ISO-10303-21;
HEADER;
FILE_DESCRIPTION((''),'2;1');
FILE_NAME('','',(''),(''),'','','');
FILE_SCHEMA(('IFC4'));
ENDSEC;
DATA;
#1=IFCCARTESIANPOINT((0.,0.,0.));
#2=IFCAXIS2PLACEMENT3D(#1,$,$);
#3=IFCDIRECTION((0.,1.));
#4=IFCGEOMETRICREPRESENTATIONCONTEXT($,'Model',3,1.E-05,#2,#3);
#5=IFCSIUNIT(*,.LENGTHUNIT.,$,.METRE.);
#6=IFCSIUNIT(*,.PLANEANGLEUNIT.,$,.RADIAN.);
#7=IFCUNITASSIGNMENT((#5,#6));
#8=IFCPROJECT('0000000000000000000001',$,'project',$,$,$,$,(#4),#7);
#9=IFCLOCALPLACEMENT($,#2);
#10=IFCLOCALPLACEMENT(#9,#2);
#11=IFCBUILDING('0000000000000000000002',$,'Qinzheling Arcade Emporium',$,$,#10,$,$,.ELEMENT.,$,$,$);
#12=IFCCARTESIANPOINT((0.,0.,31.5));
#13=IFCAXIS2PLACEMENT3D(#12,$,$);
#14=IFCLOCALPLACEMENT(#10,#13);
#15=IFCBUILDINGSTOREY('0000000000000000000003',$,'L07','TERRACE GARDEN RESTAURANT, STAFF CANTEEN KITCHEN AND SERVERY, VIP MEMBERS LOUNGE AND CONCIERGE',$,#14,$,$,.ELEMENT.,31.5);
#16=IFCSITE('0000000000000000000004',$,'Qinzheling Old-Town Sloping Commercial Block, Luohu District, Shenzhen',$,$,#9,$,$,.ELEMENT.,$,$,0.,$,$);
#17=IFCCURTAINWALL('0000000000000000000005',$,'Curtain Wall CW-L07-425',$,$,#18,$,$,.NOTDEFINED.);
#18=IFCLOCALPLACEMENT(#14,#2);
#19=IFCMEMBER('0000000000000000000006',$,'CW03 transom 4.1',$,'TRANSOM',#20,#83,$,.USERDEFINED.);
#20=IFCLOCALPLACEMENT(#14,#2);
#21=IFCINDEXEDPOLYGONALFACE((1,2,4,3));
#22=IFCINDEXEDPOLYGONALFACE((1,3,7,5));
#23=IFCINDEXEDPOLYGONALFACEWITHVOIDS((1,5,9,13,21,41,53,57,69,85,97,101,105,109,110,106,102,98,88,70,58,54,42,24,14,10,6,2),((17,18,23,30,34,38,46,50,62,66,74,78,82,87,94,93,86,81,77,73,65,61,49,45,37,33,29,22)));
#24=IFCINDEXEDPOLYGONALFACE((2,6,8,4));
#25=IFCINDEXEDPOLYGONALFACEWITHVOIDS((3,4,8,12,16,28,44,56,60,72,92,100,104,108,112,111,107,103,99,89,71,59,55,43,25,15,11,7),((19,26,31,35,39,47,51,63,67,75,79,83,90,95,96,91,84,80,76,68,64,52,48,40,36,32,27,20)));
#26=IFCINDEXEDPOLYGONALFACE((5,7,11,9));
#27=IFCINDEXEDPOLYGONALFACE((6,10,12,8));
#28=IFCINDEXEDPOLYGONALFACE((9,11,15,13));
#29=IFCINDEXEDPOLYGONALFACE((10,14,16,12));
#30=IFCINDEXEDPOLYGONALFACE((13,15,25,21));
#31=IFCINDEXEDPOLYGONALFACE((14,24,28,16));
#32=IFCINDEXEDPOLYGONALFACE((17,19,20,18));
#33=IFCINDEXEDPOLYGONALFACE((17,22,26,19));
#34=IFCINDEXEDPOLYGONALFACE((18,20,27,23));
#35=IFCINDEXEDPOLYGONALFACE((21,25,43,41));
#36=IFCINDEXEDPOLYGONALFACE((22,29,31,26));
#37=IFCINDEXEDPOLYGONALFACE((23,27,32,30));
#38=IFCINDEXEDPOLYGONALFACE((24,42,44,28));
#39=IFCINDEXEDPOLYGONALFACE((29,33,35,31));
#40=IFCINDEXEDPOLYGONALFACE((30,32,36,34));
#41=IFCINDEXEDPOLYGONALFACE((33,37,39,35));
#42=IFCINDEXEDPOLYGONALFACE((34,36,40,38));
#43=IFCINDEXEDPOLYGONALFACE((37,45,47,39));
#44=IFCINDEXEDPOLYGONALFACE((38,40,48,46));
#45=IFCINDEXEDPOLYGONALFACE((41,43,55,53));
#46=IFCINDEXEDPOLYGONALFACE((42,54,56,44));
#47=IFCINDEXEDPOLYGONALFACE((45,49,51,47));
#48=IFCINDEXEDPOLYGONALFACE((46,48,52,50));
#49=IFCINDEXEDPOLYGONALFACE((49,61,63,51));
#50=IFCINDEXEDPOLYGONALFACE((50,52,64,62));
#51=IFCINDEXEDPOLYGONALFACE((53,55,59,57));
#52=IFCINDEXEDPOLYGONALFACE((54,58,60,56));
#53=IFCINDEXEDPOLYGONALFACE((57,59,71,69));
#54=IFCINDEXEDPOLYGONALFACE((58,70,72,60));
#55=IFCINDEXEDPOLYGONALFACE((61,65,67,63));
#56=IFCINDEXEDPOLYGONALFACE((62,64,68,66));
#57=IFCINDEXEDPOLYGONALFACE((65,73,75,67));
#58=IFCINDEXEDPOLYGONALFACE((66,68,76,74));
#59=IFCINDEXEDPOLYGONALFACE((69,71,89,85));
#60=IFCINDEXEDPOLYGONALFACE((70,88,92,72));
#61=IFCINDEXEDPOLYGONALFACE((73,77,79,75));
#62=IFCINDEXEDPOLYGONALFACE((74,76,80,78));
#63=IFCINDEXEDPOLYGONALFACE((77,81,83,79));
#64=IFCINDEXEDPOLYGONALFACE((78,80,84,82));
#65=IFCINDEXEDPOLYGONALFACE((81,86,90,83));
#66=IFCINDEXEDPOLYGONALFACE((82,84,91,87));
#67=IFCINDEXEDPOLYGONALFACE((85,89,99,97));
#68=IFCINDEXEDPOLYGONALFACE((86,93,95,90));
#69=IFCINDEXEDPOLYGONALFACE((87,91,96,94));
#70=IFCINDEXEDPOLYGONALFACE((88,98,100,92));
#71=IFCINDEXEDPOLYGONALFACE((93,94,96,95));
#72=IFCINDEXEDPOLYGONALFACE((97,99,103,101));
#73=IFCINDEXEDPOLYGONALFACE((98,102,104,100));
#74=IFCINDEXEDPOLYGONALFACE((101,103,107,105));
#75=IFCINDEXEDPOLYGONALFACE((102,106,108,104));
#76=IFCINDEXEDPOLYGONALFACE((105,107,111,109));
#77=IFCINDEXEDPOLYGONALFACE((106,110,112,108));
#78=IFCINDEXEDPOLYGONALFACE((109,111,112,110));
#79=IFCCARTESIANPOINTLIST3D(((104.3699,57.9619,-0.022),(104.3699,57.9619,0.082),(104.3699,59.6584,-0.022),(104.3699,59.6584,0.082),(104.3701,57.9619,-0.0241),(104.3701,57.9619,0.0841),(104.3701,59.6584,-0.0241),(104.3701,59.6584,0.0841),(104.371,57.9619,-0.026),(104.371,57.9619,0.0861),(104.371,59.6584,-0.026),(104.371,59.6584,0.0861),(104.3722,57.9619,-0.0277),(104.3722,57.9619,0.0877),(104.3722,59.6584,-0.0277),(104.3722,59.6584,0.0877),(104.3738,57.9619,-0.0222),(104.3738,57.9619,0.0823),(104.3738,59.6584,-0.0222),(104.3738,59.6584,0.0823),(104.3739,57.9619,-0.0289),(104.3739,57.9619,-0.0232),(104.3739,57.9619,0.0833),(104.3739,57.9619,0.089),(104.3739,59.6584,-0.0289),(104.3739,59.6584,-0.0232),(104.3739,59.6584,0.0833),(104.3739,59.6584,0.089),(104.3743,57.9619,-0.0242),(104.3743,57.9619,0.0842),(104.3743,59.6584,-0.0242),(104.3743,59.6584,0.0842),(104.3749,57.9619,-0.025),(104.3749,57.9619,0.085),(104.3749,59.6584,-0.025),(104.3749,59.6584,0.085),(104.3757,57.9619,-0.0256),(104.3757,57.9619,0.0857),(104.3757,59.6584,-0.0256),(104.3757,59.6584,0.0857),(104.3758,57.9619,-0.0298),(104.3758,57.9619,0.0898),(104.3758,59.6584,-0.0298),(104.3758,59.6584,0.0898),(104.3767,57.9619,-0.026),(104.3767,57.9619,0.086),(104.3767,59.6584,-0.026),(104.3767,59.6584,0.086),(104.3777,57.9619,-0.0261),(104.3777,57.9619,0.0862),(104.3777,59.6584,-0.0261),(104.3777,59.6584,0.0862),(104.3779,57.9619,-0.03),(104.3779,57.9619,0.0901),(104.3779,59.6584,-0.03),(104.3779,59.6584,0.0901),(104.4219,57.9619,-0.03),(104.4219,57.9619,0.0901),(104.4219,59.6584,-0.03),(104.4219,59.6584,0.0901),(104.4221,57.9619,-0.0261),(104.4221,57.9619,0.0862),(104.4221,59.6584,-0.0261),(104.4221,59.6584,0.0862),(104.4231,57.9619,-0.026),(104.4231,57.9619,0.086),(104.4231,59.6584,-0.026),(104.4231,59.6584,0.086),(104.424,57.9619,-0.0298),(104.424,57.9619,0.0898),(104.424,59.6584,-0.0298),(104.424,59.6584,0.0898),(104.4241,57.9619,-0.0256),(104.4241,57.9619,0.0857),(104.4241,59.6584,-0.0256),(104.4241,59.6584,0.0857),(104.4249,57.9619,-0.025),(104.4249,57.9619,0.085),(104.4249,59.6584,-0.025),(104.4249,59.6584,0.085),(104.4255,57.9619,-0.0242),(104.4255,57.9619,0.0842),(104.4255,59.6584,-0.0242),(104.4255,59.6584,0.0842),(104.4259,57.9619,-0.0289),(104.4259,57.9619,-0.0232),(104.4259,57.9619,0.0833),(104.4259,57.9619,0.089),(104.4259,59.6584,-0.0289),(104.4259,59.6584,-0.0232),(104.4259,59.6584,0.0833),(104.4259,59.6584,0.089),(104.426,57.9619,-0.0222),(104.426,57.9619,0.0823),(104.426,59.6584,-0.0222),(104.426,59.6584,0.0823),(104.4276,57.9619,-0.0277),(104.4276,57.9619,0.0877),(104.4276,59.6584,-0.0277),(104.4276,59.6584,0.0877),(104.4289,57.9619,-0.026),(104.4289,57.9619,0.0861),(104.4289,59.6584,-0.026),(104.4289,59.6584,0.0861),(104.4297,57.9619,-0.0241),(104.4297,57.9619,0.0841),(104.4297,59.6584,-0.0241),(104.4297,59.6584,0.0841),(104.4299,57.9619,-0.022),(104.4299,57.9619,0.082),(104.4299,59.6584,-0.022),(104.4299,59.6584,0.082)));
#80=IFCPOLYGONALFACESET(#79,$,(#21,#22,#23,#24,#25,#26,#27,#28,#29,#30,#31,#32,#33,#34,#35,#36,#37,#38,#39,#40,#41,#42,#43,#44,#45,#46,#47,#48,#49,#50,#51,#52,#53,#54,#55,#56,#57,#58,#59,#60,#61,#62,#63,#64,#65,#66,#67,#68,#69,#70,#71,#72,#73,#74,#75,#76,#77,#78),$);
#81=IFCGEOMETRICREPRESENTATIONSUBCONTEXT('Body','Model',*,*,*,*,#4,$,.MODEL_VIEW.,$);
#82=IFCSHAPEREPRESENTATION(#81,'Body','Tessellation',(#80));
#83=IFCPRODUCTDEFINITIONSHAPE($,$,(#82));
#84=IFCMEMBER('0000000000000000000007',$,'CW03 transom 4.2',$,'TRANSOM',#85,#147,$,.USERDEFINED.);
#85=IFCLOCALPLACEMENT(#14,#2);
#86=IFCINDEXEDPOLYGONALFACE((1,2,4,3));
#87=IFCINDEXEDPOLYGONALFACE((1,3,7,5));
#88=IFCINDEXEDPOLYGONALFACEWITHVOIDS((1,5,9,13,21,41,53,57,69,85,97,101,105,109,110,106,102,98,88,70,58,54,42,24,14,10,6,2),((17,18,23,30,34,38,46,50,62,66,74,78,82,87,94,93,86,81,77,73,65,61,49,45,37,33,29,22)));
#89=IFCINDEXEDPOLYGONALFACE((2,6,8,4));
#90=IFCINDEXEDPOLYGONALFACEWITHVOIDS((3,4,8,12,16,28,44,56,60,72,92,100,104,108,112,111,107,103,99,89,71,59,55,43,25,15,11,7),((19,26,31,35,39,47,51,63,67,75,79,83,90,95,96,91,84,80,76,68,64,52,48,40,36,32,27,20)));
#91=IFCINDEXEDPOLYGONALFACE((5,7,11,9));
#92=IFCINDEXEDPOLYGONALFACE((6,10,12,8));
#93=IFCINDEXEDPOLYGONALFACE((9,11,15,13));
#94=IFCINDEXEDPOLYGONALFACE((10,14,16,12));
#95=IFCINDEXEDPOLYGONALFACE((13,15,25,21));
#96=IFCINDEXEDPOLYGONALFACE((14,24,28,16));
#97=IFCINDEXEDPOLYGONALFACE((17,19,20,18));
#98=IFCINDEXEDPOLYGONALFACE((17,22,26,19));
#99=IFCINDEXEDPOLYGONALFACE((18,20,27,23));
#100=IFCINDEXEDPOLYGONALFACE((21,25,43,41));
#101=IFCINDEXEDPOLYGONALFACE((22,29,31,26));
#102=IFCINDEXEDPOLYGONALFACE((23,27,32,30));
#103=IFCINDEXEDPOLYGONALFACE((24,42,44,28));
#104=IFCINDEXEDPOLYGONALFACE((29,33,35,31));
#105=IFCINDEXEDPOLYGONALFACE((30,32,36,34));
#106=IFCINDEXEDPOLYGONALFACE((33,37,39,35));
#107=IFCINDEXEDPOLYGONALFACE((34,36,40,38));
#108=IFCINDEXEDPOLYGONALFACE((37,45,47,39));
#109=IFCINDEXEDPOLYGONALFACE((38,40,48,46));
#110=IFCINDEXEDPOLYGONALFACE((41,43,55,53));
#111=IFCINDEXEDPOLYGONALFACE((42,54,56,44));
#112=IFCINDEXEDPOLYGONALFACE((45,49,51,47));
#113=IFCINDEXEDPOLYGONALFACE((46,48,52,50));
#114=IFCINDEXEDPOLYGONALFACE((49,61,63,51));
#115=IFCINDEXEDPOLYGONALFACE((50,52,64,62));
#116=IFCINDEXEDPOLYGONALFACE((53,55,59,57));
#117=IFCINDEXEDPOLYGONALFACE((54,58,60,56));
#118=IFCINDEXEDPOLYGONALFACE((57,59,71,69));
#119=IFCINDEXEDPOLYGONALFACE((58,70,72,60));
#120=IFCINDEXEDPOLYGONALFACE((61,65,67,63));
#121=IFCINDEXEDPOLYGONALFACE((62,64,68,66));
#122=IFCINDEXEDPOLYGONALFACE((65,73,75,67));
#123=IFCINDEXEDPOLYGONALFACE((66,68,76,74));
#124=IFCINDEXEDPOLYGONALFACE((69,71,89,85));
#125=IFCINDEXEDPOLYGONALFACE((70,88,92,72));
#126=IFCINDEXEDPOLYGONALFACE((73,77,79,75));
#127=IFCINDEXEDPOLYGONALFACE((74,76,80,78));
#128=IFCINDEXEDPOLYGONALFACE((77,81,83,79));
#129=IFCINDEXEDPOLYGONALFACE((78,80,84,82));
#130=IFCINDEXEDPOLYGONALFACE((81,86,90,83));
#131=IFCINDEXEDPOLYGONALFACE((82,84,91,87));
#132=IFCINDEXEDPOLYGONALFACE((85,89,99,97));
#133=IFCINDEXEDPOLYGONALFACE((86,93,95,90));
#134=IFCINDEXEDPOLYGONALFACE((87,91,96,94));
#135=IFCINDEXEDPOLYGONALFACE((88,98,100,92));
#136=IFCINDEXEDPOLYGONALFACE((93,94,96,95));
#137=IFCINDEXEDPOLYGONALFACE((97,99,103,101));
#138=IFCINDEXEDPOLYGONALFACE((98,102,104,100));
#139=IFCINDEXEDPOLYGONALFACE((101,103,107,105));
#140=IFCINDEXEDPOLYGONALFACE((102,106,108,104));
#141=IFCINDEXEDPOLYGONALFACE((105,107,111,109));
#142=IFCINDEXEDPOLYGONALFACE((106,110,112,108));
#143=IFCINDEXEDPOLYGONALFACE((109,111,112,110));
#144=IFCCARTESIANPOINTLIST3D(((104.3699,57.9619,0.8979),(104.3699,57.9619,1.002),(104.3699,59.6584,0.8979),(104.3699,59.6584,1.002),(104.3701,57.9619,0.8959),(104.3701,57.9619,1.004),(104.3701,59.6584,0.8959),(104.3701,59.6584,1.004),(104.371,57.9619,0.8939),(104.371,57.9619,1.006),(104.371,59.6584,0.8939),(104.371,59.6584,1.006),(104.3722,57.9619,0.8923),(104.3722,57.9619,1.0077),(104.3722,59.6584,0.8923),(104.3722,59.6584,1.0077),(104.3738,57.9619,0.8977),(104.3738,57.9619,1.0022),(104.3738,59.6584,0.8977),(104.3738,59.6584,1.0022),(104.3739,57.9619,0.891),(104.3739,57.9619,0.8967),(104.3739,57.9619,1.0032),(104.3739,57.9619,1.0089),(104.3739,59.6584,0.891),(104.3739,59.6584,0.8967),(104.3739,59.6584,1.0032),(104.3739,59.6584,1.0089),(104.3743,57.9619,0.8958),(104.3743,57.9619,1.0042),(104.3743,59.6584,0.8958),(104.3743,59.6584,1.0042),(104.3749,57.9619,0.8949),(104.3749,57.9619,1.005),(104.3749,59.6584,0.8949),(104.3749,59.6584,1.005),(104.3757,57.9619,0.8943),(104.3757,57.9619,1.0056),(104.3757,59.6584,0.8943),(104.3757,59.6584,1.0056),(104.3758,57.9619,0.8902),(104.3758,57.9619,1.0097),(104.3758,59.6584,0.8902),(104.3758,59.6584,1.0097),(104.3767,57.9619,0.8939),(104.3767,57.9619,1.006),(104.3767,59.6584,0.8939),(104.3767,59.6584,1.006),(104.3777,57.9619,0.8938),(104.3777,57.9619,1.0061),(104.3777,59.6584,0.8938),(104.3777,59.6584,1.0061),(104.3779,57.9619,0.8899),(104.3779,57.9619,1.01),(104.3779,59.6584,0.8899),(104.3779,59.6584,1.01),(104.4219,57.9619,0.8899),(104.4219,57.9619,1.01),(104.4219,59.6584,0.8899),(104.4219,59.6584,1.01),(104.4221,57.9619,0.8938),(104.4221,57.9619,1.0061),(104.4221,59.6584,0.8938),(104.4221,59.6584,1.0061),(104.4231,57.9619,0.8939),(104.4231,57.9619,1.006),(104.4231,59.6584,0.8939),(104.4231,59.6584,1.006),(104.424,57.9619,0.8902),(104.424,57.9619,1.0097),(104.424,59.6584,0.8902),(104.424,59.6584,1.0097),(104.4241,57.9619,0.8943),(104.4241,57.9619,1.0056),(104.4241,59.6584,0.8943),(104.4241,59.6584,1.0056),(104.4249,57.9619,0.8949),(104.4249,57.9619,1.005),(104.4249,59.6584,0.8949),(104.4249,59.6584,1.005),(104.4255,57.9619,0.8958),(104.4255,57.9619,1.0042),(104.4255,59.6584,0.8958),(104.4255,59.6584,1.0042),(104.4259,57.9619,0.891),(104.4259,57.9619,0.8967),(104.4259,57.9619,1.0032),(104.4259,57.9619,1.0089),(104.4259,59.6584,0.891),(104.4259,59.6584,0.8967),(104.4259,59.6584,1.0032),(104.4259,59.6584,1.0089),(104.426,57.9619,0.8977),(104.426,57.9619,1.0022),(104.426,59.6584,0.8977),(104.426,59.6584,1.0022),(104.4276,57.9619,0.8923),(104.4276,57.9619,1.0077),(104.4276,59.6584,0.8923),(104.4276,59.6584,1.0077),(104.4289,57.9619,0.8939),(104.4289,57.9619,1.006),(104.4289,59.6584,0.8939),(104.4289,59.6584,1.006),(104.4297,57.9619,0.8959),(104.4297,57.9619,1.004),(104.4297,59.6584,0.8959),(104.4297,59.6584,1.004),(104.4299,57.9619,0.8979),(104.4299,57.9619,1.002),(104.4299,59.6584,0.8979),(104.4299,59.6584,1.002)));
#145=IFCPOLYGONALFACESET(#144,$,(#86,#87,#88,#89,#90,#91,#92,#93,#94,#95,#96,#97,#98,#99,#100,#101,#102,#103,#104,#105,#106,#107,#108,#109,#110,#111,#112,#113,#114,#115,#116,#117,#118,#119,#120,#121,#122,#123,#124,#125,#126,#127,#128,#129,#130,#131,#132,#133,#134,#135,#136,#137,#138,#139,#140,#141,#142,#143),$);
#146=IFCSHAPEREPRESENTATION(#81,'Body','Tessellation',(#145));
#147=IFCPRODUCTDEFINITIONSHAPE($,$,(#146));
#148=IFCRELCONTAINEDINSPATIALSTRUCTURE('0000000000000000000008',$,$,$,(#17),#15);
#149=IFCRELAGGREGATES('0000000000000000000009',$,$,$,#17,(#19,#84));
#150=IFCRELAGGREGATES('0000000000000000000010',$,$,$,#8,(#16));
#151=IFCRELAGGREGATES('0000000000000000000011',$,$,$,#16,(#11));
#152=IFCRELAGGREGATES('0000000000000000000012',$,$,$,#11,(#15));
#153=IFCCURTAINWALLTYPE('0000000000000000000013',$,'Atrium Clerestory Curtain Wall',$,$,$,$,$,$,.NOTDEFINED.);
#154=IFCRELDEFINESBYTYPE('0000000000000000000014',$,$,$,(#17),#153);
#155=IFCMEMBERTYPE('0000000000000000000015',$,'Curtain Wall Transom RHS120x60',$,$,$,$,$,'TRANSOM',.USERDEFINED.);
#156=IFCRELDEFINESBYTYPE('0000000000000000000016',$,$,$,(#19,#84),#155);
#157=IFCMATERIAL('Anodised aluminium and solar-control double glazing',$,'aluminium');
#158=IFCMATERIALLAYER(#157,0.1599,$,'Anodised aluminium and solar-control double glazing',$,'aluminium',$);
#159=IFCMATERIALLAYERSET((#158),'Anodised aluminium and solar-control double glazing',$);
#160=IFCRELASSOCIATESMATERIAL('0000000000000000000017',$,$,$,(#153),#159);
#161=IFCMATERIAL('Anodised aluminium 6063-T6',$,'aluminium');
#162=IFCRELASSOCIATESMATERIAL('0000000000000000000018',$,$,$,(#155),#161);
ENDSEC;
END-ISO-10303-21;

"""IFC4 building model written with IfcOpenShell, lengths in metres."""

from ifc_helpers import new_model, si_unit, direction, frame, origin, origin_2d, place, context, subcontext, project, spatial, hollow_rectangle, extrude, material, layer, layer_set, material_profile, profile_set, type_object, element, aggregate, save


model = new_model("IFC4")

# Units and contexts
model_context = context("Model", 3, precision=1e-05, world=origin(), true_north=direction((0.0, 1.0)))
body_context = subcontext(model_context, "Body", "Model", "MODEL_VIEW")
ifc_project = project(units=[si_unit("LENGTHUNIT", "METRE"), si_unit("PLANEANGLEUNIT", "RADIAN")], contexts=[model_context])

# Site, building, storey
site_placement = place(None, origin())
site = spatial("IfcSite", under=ifc_project, at=site_placement, Name="Qinzheling Old-Town Sloping Commercial Block, Luohu District, Shenzhen", CompositionType="ELEMENT", RefElevation=0.0)
building_placement = place(site_placement, origin())
building = spatial("IfcBuilding", under=site, at=building_placement, Name="Qinzheling Arcade Emporium", CompositionType="ELEMENT")
storey_placement = place(building_placement, frame((0.0, 0.0, 31.5)))
storey = spatial("IfcBuildingStorey", under=building, at=storey_placement, Name="L07", Description="TERRACE GARDEN RESTAURANT, STAFF CANTEEN KITCHEN AND SERVERY, VIP MEMBERS LOUNGE AND CONCIERGE", CompositionType="ELEMENT", Elevation=31.5)

# Curtain wall
ifc_material_1 = material(Name="Anodised aluminium and solar-control double glazing", Category="aluminium")
ifc_layer_1 = layer(ifc_material_1, 0.1599, Name="Anodised aluminium and solar-control double glazing", Category="aluminium")
ifc_layer_set_1 = layer_set([ifc_layer_1], Name="Anodised aluminium and solar-control double glazing")
curtain_wall_type = type_object("IfcCurtainWallType", Name="Atrium Clerestory Curtain Wall", PredefinedType="NOTDEFINED", material=ifc_layer_set_1)
curtain_wall_1_placement = place(storey_placement, origin())
curtain_wall_1 = element("IfcCurtainWall", 1, at=curtain_wall_1_placement, inside=storey, type_object=curtain_wall_type, Name="Curtain Wall CW-L07-425", PredefinedType="NOTDEFINED")
ifc_material_2 = material(Name="Anodised aluminium 6063-T6", Category="aluminium")

# Members
ifc_material_profile_1 = material_profile(ifc_material_2, hollow_rectangle(XDim=0.0601, YDim=0.1201, WallThickness=0.0039, InnerFilletRadius=0.0039, OuterFilletRadius=0.0081, at=origin_2d()), Name="RHS 120x60x4", Category="aluminium")
ifc_profile_set_1 = profile_set([ifc_material_profile_1], Name="Anodised aluminium 6063-T6")
member_type_1 = type_object("IfcMemberType", Name="Curtain Wall Transom RHS120x60", ElementType="TRANSOM", PredefinedType="USERDEFINED", material=ifc_profile_set_1)
member_1_placement = place(storey_placement, frame((104.3999, 59.6584, 0.03), z_axis=(0.0, -1.0, 0.0), x_axis=(1.0, 0.0, 0.0)))
member_1 = element("IfcMember", 2, at=member_1_placement, type_object=member_type_1, Name="CW03 transom 4.1", ObjectType="TRANSOM", PredefinedType="USERDEFINED", context=body_context, shape_type="SweptSolid", body=[
    extrude(hollow_rectangle(XDim=0.0601, YDim=0.1201, WallThickness=0.0039, InnerFilletRadius=0.0039, OuterFilletRadius=0.0081, at=origin_2d()), origin(), (0.0, 0.0, 1.0), 1.6965),
])
member_2_placement = place(storey_placement, frame((104.3999, 59.6584, 0.95), z_axis=(0.0, -1.0, 0.0), x_axis=(1.0, 0.0, 0.0)))
member_2 = element("IfcMember", 3, at=member_2_placement, type_object=member_type_1, Name="CW03 transom 4.2", ObjectType="TRANSOM", PredefinedType="USERDEFINED", context=body_context, shape_type="SweptSolid", body=[
    extrude(hollow_rectangle(XDim=0.0601, YDim=0.1201, WallThickness=0.0039, InnerFilletRadius=0.0039, OuterFilletRadius=0.0081, at=origin_2d()), origin(), (0.0, 0.0, 1.0), 1.6965),
])

aggregate(curtain_wall_1, [member_1, member_2])

save(model, "model.ifc")
